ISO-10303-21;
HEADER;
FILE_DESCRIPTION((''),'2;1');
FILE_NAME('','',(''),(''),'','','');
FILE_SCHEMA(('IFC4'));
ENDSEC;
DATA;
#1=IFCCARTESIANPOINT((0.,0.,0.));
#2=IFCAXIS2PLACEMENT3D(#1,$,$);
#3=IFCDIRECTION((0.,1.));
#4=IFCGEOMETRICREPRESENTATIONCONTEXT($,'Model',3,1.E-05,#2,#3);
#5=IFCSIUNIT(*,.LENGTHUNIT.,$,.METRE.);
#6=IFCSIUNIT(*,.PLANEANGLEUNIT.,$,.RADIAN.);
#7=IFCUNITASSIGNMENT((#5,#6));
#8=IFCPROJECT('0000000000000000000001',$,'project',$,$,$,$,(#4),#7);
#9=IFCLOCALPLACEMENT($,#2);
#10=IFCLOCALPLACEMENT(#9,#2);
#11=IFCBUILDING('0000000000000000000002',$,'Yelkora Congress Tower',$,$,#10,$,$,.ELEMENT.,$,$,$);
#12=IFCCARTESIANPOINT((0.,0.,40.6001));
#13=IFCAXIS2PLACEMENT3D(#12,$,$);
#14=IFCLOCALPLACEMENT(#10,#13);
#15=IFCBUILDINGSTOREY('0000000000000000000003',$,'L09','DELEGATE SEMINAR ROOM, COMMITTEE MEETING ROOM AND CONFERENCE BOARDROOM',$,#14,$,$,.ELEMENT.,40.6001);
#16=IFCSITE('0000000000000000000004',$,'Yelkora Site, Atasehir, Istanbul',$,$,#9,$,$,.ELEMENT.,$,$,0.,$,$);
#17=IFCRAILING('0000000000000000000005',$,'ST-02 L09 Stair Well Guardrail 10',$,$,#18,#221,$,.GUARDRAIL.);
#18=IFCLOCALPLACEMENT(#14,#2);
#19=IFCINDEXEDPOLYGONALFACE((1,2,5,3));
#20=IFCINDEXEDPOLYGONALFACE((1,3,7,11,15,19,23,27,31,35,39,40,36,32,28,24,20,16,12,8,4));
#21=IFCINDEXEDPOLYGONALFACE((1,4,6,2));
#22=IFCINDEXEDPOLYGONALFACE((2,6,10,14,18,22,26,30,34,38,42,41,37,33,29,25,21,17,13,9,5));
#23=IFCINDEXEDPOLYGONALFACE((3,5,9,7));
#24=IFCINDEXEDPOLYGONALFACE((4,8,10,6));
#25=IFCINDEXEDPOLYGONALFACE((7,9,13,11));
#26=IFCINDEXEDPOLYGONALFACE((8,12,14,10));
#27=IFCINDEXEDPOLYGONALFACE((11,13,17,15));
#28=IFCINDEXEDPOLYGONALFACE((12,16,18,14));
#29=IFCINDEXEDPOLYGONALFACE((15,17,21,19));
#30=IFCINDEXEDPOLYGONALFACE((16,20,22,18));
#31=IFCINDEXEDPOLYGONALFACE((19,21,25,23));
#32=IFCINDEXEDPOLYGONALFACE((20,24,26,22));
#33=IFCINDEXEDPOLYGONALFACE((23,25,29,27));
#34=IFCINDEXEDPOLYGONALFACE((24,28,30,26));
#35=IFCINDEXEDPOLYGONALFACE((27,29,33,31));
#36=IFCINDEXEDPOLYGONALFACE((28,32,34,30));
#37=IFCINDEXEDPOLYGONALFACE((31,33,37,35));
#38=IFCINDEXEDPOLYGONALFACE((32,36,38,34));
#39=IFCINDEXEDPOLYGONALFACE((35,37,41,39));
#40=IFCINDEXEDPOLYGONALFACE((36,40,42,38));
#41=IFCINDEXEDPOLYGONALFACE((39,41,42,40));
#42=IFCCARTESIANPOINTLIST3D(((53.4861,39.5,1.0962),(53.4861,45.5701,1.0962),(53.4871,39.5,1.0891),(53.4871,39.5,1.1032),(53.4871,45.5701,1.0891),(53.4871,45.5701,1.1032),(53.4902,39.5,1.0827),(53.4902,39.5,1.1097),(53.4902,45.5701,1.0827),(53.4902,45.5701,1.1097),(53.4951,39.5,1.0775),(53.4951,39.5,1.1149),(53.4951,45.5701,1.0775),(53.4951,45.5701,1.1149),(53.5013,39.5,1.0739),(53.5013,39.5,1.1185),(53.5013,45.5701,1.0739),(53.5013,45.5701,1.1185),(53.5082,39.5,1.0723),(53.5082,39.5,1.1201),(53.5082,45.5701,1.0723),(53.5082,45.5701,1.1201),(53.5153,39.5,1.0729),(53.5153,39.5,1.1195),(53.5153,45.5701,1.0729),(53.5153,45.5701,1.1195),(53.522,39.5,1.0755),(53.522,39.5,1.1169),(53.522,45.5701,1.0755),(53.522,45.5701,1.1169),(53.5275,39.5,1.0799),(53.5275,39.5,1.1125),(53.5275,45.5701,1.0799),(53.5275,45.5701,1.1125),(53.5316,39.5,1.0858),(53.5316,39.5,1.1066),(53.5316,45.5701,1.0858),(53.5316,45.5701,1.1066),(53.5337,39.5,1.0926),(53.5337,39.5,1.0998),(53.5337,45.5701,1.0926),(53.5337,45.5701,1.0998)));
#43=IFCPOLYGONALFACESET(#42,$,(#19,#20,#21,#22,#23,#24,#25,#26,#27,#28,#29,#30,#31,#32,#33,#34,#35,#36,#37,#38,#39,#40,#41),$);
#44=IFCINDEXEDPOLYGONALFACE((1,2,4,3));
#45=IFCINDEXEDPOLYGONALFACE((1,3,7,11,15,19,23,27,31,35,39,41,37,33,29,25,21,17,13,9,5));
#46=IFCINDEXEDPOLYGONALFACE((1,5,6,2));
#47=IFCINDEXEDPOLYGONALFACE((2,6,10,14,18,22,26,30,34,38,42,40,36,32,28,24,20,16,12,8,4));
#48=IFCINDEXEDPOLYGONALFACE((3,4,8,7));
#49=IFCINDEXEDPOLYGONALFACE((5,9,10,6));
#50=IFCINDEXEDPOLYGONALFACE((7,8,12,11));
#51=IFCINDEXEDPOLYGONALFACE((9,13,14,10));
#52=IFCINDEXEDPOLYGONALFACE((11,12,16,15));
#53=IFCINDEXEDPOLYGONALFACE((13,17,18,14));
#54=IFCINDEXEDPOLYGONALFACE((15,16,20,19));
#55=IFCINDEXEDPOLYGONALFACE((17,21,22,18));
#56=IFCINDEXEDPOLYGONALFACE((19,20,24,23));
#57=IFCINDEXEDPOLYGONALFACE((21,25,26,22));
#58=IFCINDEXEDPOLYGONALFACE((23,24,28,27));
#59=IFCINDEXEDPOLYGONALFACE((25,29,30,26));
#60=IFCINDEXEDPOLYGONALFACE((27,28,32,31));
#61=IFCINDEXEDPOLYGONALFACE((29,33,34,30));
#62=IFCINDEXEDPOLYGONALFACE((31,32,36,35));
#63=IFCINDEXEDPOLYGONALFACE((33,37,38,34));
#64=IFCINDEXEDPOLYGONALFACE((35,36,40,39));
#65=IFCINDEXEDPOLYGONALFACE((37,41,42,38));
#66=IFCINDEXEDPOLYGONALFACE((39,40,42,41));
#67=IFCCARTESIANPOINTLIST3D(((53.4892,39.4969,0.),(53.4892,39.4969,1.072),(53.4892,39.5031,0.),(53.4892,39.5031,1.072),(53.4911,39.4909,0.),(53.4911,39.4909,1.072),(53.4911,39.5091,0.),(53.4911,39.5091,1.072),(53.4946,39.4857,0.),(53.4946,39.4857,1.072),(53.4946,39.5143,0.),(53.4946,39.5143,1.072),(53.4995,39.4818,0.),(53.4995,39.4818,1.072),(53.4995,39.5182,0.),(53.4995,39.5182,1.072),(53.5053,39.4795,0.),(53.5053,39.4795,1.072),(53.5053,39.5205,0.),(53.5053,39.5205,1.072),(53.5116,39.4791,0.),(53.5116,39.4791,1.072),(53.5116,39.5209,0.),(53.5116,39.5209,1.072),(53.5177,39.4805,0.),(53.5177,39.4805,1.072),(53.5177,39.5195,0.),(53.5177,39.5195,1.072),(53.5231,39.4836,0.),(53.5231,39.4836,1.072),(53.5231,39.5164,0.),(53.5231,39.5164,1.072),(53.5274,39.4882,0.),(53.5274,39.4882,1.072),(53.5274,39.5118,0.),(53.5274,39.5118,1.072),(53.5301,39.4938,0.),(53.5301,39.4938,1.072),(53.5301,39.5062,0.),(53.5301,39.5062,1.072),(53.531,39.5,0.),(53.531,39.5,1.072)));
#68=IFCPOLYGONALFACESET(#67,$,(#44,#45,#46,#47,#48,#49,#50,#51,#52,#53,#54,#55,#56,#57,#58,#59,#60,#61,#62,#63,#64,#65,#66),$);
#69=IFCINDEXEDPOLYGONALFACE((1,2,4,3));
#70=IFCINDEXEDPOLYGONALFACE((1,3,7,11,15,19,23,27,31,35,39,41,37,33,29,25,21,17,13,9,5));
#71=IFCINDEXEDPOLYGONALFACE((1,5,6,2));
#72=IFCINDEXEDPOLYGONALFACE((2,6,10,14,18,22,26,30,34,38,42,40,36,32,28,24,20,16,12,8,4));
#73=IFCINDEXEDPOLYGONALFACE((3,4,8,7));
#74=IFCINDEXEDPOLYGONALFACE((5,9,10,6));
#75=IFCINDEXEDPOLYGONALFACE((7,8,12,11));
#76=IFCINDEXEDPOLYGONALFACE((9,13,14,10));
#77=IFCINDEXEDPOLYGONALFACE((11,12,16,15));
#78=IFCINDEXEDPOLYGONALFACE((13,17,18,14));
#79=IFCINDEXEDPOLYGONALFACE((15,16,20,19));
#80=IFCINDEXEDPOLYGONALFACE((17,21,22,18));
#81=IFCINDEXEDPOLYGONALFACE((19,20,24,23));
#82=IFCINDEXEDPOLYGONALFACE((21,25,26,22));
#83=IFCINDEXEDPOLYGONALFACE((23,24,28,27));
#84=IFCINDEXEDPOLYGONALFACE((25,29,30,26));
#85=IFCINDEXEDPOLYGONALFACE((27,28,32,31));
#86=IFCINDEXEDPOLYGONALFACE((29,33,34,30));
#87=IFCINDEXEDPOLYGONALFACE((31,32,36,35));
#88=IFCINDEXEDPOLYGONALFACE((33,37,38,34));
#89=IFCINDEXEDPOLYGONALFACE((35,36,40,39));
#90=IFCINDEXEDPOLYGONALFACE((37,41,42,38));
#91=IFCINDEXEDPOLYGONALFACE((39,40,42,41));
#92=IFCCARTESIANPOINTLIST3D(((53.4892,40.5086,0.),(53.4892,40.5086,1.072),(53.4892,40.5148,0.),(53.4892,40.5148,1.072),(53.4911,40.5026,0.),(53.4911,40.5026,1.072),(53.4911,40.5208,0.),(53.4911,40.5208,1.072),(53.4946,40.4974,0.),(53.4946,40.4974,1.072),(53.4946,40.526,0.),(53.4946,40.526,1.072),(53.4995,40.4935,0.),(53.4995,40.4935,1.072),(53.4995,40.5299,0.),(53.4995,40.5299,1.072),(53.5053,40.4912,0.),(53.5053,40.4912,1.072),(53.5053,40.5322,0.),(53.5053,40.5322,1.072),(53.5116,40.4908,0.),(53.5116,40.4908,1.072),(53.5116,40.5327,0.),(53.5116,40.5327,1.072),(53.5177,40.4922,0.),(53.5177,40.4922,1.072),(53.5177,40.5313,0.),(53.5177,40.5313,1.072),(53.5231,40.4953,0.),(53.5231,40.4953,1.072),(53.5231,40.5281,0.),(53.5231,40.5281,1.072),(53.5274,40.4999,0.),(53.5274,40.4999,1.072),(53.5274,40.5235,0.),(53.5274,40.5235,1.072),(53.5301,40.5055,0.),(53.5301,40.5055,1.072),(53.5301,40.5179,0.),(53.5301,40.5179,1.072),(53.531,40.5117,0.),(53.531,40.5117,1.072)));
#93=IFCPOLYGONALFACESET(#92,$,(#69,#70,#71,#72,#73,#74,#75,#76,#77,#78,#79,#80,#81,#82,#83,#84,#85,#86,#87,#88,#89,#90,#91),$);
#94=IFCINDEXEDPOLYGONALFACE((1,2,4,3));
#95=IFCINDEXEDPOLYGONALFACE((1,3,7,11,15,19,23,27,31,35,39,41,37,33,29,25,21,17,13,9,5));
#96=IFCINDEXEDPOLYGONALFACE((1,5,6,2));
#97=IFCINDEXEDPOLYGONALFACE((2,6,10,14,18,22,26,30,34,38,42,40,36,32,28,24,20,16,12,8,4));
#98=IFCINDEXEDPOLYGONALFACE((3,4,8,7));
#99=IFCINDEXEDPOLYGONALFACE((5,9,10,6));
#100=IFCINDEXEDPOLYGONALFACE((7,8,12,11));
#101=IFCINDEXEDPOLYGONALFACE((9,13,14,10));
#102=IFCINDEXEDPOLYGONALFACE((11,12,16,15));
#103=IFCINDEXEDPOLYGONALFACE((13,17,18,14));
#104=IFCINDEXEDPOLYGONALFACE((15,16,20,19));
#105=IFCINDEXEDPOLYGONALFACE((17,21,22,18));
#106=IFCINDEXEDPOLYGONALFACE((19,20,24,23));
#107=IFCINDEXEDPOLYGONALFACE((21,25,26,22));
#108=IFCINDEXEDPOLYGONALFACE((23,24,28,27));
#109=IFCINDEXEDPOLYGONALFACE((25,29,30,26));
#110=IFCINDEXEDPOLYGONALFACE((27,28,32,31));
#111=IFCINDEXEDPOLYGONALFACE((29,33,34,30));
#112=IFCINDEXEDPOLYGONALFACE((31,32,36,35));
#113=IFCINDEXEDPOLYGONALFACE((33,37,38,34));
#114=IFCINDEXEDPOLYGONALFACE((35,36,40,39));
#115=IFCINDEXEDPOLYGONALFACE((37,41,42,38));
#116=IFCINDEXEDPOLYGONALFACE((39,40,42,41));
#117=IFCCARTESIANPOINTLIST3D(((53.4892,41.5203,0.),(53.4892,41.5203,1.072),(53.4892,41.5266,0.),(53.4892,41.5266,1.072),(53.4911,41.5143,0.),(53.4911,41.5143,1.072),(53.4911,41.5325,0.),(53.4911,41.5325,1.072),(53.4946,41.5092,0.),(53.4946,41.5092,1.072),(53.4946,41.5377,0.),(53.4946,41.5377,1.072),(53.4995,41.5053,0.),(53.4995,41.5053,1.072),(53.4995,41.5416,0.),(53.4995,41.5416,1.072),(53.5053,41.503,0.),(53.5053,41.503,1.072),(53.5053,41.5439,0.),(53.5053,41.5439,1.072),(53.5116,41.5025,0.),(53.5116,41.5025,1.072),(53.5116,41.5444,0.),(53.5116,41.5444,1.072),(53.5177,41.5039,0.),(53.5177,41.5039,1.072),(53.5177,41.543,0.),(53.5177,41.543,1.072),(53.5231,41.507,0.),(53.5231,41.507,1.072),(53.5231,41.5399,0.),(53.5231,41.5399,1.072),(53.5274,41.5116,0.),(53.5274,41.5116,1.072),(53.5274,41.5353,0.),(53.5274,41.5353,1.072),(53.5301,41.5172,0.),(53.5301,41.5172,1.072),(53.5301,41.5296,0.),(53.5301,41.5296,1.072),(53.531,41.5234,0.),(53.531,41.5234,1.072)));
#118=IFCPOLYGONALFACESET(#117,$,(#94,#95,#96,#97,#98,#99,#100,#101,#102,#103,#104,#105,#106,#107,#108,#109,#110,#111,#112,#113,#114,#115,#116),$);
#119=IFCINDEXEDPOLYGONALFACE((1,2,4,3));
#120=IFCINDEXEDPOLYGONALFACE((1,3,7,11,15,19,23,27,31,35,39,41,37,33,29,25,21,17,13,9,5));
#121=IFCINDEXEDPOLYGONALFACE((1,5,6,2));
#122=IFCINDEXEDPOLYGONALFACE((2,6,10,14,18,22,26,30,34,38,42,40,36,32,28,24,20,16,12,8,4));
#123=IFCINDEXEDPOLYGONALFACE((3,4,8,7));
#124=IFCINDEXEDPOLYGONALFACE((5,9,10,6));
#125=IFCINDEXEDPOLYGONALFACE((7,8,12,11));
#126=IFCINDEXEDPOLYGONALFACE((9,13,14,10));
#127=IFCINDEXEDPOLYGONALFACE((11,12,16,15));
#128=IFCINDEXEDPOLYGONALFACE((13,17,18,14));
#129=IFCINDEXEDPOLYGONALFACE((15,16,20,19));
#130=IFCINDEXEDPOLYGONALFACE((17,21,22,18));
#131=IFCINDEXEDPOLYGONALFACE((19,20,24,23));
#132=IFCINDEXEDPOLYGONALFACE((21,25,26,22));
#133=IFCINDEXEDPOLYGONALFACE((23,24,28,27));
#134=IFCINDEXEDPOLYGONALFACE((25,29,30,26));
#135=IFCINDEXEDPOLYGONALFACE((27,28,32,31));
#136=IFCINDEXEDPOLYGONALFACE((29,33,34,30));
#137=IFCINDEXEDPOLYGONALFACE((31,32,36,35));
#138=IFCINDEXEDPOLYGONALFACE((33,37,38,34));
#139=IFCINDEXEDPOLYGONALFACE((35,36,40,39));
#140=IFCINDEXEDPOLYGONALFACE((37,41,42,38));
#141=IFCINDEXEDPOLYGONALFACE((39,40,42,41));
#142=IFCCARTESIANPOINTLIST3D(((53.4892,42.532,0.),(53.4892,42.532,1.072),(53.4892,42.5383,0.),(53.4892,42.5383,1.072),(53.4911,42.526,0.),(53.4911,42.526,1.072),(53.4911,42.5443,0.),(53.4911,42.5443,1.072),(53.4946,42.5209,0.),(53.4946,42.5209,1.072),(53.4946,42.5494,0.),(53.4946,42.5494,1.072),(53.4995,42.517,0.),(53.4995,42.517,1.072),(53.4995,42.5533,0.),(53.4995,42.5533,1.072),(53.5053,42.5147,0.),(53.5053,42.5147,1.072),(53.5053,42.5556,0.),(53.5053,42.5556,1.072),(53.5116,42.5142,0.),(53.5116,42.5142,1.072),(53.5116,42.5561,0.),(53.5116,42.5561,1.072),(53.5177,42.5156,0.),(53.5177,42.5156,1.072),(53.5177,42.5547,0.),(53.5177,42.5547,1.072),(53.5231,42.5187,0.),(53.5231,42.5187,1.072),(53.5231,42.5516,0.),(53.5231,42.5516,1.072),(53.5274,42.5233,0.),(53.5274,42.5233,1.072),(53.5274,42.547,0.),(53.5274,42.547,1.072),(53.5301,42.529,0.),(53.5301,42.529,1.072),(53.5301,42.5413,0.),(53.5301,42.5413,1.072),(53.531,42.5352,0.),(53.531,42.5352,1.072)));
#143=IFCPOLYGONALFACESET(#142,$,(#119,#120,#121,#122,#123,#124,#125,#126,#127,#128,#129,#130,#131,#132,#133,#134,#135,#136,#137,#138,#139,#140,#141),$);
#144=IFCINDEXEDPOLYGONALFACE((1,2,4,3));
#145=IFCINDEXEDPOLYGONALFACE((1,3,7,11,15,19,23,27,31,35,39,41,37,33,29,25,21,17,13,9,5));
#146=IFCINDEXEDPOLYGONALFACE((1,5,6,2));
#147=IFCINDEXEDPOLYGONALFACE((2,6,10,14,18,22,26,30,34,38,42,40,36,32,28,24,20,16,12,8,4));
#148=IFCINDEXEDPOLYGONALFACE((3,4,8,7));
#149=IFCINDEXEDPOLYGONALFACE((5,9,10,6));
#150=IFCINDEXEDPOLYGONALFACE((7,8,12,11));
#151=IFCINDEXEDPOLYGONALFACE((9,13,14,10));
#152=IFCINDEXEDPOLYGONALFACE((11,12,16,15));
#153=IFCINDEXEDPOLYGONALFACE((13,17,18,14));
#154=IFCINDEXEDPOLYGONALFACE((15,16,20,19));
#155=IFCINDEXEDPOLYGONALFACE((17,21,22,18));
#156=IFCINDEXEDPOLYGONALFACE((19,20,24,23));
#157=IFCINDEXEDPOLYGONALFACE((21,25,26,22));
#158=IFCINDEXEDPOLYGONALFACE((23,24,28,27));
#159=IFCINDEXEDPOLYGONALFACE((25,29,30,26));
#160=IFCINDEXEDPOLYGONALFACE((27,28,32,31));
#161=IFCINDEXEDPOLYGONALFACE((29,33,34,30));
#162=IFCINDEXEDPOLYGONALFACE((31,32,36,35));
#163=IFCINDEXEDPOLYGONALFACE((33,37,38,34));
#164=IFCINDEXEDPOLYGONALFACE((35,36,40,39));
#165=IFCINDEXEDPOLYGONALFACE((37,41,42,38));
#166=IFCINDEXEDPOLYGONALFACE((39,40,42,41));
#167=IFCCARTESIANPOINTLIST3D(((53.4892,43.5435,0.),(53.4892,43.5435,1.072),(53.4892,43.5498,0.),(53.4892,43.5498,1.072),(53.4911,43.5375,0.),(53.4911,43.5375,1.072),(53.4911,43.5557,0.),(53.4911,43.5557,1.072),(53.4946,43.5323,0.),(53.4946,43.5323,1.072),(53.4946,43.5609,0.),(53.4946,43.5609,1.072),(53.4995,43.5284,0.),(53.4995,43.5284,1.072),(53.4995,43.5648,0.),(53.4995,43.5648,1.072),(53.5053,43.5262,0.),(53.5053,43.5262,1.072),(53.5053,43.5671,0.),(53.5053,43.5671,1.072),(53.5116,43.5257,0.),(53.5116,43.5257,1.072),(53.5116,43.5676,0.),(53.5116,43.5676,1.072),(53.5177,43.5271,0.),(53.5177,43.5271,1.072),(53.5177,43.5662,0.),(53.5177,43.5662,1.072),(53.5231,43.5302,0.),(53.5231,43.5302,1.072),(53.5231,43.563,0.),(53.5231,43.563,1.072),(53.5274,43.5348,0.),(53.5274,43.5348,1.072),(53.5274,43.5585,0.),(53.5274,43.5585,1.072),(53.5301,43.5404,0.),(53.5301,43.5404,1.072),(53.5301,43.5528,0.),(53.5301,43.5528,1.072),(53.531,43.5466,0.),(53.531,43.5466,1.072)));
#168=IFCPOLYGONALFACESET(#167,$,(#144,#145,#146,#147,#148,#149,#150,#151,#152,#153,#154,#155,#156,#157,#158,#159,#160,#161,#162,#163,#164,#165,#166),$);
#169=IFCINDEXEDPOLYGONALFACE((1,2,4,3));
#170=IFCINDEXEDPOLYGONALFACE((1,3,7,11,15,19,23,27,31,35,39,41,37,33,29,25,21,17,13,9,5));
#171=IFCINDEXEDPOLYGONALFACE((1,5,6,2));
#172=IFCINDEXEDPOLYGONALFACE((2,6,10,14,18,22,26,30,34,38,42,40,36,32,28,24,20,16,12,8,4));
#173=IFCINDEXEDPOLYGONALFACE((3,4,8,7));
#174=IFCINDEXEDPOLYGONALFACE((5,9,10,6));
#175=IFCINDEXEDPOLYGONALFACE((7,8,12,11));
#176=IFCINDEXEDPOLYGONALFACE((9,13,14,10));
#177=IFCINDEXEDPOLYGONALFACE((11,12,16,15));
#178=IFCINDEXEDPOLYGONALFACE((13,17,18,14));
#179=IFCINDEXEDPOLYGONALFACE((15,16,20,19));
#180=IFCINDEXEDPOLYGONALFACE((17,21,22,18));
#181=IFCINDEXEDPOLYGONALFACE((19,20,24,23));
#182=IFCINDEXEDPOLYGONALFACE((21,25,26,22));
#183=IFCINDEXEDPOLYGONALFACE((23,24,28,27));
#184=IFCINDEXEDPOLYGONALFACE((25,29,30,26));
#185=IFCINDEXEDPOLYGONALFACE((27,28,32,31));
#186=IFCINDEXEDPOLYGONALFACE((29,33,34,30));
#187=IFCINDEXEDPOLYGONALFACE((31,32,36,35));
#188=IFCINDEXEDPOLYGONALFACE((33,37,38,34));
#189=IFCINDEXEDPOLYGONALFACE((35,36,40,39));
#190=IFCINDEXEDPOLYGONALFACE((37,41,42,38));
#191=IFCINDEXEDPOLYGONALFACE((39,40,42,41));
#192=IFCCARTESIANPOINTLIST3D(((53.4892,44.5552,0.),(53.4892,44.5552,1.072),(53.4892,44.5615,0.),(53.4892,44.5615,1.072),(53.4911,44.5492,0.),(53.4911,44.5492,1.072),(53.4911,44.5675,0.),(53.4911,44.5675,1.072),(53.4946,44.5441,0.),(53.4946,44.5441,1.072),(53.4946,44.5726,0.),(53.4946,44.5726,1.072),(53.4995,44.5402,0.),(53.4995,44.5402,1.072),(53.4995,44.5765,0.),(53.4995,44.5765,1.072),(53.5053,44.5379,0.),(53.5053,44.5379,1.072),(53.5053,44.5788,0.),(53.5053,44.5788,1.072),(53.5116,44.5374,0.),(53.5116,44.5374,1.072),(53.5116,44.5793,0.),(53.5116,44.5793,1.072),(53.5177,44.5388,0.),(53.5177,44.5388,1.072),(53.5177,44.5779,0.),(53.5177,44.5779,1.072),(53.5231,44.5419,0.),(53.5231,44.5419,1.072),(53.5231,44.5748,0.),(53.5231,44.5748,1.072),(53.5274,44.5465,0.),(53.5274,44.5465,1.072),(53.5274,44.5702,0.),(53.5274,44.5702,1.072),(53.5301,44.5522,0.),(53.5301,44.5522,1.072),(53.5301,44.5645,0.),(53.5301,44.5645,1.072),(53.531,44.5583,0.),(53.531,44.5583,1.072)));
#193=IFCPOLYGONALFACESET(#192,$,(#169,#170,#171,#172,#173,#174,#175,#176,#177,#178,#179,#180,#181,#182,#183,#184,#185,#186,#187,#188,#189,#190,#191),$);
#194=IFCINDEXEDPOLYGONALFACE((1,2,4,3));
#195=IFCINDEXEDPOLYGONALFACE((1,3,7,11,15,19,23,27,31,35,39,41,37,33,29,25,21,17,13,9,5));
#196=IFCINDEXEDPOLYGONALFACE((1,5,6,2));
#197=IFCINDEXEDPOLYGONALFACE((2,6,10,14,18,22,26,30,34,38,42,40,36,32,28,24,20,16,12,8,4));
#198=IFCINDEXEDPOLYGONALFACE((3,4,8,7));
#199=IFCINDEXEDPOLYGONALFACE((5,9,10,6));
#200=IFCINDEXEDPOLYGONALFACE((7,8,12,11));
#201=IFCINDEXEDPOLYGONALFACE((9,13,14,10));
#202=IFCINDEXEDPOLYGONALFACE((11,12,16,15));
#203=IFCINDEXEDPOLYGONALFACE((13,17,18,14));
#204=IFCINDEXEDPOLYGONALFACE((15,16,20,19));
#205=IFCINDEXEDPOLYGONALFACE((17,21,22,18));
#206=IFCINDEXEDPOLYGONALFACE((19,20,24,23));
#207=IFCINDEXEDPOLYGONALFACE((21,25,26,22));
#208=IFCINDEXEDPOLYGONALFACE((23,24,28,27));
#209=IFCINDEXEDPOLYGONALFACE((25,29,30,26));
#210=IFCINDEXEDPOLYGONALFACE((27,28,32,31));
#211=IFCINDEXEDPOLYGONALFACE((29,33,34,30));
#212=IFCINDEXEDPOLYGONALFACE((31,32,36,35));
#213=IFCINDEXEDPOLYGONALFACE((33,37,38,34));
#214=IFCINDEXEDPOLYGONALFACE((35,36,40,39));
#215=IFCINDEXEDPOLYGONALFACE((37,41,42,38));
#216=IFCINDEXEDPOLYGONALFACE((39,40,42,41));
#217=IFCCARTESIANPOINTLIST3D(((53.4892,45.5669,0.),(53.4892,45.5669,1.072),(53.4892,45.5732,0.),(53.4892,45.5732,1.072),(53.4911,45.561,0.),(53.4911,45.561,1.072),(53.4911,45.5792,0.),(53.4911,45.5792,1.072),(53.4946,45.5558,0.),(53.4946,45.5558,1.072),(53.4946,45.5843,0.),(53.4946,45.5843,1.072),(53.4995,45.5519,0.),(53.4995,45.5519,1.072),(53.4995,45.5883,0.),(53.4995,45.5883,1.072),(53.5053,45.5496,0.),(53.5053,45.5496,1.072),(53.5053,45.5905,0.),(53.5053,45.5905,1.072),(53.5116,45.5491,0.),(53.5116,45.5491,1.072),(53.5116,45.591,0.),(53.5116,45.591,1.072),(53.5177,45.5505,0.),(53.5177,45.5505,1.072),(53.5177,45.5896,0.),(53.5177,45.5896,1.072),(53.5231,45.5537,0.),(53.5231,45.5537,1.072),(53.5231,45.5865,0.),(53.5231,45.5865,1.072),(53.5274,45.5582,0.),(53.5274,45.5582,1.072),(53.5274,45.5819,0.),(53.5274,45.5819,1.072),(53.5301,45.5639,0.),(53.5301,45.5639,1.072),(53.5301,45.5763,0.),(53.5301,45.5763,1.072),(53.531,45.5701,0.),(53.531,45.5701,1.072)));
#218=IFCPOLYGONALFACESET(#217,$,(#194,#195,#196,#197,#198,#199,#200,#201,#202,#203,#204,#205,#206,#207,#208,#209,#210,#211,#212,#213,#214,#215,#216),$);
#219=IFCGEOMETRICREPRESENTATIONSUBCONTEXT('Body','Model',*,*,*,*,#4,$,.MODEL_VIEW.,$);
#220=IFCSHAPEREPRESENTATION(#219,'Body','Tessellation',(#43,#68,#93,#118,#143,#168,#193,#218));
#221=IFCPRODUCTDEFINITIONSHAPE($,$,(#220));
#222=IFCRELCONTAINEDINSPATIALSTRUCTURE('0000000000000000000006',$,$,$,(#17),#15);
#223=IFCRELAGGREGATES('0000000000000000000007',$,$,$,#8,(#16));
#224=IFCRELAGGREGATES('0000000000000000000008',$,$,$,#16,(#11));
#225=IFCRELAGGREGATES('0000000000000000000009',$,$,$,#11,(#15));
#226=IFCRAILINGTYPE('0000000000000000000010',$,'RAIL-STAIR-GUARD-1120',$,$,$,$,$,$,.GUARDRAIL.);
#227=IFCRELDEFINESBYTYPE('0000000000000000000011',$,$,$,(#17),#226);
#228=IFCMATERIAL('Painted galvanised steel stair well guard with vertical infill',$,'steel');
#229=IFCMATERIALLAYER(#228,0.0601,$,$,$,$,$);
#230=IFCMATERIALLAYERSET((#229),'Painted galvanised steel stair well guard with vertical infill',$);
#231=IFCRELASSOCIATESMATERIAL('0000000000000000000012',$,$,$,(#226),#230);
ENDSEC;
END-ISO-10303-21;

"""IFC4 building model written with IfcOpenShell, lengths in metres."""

from ifc_helpers import new_model, si_unit, direction, frame, origin, origin_2d, place, context, subcontext, project, spatial, circle, extrude, material, layer, layer_set, type_object, element, save


model = new_model("IFC4")

# Units and contexts
model_context = context("Model", 3, precision=1e-05, world=origin(), true_north=direction((0.0, 1.0)))
body_context = subcontext(model_context, "Body", "Model", "MODEL_VIEW")
ifc_project = project(units=[si_unit("LENGTHUNIT", "METRE"), si_unit("PLANEANGLEUNIT", "RADIAN")], contexts=[model_context])

# Site, building, storey
site_placement = place(None, origin())
site = spatial("IfcSite", under=ifc_project, at=site_placement, Name="Yelkora Site, Atasehir, Istanbul", CompositionType="ELEMENT", RefElevation=0.0)
building_placement = place(site_placement, origin())
building = spatial("IfcBuilding", under=site, at=building_placement, Name="Yelkora Congress Tower", CompositionType="ELEMENT")
storey_placement = place(building_placement, frame((0.0, 0.0, 40.6001)))
storey = spatial("IfcBuildingStorey", under=building, at=storey_placement, Name="L09", Description="DELEGATE SEMINAR ROOM, COMMITTEE MEETING ROOM AND CONFERENCE BOARDROOM", CompositionType="ELEMENT", Elevation=40.6001)

# Railing
ifc_material_1 = material(Name="Painted galvanised steel stair well guard with vertical infill", Category="steel")
ifc_layer_1 = layer(ifc_material_1, 0.0601)
ifc_layer_set_1 = layer_set([ifc_layer_1], Name="Painted galvanised steel stair well guard with vertical infill")
railing_type_1 = type_object("IfcRailingType", Name="RAIL-STAIR-GUARD-1120", PredefinedType="GUARDRAIL", material=ifc_layer_set_1)
railing_1_placement = place(storey_placement, frame((53.51, 39.5, 0.0)))
element("IfcRailing", 1, at=railing_1_placement, inside=storey, type_object=railing_type_1, Name="ST-02 L09 Stair Well Guardrail 10", PredefinedType="GUARDRAIL", context=body_context, shape_type="SweptSolid", body=[
    extrude(circle(Radius=0.0239, at=origin_2d()), frame((0.0, 0.0, 1.0962), z_axis=(0.0, 1.0, 0.0), x_axis=(-1.0, 0.0, 0.0)), (0.0, 0.0, 1.0), 6.0701),
    extrude(circle(Radius=0.021, at=origin_2d()), origin(), (0.0, 0.0, 1.0), 1.072),
    extrude(circle(Radius=0.021, at=origin_2d()), frame((0.0, 1.0117, 0.0)), (0.0, 0.0, 1.0), 1.072),
    extrude(circle(Radius=0.021, at=origin_2d()), frame((0.0, 2.0234, 0.0)), (0.0, 0.0, 1.0), 1.072),
    extrude(circle(Radius=0.021, at=origin_2d()), frame((0.0, 3.0352, 0.0)), (0.0, 0.0, 1.0), 1.072),
    extrude(circle(Radius=0.021, at=origin_2d()), frame((0.0, 4.0466, 0.0)), (0.0, 0.0, 1.0), 1.072),
    extrude(circle(Radius=0.021, at=origin_2d()), frame((0.0, 5.0583, 0.0)), (0.0, 0.0, 1.0), 1.072),
    extrude(circle(Radius=0.021, at=origin_2d()), frame((0.0, 6.0701, 0.0)), (0.0, 0.0, 1.0), 1.072),
])

save(model, "model.ifc")
